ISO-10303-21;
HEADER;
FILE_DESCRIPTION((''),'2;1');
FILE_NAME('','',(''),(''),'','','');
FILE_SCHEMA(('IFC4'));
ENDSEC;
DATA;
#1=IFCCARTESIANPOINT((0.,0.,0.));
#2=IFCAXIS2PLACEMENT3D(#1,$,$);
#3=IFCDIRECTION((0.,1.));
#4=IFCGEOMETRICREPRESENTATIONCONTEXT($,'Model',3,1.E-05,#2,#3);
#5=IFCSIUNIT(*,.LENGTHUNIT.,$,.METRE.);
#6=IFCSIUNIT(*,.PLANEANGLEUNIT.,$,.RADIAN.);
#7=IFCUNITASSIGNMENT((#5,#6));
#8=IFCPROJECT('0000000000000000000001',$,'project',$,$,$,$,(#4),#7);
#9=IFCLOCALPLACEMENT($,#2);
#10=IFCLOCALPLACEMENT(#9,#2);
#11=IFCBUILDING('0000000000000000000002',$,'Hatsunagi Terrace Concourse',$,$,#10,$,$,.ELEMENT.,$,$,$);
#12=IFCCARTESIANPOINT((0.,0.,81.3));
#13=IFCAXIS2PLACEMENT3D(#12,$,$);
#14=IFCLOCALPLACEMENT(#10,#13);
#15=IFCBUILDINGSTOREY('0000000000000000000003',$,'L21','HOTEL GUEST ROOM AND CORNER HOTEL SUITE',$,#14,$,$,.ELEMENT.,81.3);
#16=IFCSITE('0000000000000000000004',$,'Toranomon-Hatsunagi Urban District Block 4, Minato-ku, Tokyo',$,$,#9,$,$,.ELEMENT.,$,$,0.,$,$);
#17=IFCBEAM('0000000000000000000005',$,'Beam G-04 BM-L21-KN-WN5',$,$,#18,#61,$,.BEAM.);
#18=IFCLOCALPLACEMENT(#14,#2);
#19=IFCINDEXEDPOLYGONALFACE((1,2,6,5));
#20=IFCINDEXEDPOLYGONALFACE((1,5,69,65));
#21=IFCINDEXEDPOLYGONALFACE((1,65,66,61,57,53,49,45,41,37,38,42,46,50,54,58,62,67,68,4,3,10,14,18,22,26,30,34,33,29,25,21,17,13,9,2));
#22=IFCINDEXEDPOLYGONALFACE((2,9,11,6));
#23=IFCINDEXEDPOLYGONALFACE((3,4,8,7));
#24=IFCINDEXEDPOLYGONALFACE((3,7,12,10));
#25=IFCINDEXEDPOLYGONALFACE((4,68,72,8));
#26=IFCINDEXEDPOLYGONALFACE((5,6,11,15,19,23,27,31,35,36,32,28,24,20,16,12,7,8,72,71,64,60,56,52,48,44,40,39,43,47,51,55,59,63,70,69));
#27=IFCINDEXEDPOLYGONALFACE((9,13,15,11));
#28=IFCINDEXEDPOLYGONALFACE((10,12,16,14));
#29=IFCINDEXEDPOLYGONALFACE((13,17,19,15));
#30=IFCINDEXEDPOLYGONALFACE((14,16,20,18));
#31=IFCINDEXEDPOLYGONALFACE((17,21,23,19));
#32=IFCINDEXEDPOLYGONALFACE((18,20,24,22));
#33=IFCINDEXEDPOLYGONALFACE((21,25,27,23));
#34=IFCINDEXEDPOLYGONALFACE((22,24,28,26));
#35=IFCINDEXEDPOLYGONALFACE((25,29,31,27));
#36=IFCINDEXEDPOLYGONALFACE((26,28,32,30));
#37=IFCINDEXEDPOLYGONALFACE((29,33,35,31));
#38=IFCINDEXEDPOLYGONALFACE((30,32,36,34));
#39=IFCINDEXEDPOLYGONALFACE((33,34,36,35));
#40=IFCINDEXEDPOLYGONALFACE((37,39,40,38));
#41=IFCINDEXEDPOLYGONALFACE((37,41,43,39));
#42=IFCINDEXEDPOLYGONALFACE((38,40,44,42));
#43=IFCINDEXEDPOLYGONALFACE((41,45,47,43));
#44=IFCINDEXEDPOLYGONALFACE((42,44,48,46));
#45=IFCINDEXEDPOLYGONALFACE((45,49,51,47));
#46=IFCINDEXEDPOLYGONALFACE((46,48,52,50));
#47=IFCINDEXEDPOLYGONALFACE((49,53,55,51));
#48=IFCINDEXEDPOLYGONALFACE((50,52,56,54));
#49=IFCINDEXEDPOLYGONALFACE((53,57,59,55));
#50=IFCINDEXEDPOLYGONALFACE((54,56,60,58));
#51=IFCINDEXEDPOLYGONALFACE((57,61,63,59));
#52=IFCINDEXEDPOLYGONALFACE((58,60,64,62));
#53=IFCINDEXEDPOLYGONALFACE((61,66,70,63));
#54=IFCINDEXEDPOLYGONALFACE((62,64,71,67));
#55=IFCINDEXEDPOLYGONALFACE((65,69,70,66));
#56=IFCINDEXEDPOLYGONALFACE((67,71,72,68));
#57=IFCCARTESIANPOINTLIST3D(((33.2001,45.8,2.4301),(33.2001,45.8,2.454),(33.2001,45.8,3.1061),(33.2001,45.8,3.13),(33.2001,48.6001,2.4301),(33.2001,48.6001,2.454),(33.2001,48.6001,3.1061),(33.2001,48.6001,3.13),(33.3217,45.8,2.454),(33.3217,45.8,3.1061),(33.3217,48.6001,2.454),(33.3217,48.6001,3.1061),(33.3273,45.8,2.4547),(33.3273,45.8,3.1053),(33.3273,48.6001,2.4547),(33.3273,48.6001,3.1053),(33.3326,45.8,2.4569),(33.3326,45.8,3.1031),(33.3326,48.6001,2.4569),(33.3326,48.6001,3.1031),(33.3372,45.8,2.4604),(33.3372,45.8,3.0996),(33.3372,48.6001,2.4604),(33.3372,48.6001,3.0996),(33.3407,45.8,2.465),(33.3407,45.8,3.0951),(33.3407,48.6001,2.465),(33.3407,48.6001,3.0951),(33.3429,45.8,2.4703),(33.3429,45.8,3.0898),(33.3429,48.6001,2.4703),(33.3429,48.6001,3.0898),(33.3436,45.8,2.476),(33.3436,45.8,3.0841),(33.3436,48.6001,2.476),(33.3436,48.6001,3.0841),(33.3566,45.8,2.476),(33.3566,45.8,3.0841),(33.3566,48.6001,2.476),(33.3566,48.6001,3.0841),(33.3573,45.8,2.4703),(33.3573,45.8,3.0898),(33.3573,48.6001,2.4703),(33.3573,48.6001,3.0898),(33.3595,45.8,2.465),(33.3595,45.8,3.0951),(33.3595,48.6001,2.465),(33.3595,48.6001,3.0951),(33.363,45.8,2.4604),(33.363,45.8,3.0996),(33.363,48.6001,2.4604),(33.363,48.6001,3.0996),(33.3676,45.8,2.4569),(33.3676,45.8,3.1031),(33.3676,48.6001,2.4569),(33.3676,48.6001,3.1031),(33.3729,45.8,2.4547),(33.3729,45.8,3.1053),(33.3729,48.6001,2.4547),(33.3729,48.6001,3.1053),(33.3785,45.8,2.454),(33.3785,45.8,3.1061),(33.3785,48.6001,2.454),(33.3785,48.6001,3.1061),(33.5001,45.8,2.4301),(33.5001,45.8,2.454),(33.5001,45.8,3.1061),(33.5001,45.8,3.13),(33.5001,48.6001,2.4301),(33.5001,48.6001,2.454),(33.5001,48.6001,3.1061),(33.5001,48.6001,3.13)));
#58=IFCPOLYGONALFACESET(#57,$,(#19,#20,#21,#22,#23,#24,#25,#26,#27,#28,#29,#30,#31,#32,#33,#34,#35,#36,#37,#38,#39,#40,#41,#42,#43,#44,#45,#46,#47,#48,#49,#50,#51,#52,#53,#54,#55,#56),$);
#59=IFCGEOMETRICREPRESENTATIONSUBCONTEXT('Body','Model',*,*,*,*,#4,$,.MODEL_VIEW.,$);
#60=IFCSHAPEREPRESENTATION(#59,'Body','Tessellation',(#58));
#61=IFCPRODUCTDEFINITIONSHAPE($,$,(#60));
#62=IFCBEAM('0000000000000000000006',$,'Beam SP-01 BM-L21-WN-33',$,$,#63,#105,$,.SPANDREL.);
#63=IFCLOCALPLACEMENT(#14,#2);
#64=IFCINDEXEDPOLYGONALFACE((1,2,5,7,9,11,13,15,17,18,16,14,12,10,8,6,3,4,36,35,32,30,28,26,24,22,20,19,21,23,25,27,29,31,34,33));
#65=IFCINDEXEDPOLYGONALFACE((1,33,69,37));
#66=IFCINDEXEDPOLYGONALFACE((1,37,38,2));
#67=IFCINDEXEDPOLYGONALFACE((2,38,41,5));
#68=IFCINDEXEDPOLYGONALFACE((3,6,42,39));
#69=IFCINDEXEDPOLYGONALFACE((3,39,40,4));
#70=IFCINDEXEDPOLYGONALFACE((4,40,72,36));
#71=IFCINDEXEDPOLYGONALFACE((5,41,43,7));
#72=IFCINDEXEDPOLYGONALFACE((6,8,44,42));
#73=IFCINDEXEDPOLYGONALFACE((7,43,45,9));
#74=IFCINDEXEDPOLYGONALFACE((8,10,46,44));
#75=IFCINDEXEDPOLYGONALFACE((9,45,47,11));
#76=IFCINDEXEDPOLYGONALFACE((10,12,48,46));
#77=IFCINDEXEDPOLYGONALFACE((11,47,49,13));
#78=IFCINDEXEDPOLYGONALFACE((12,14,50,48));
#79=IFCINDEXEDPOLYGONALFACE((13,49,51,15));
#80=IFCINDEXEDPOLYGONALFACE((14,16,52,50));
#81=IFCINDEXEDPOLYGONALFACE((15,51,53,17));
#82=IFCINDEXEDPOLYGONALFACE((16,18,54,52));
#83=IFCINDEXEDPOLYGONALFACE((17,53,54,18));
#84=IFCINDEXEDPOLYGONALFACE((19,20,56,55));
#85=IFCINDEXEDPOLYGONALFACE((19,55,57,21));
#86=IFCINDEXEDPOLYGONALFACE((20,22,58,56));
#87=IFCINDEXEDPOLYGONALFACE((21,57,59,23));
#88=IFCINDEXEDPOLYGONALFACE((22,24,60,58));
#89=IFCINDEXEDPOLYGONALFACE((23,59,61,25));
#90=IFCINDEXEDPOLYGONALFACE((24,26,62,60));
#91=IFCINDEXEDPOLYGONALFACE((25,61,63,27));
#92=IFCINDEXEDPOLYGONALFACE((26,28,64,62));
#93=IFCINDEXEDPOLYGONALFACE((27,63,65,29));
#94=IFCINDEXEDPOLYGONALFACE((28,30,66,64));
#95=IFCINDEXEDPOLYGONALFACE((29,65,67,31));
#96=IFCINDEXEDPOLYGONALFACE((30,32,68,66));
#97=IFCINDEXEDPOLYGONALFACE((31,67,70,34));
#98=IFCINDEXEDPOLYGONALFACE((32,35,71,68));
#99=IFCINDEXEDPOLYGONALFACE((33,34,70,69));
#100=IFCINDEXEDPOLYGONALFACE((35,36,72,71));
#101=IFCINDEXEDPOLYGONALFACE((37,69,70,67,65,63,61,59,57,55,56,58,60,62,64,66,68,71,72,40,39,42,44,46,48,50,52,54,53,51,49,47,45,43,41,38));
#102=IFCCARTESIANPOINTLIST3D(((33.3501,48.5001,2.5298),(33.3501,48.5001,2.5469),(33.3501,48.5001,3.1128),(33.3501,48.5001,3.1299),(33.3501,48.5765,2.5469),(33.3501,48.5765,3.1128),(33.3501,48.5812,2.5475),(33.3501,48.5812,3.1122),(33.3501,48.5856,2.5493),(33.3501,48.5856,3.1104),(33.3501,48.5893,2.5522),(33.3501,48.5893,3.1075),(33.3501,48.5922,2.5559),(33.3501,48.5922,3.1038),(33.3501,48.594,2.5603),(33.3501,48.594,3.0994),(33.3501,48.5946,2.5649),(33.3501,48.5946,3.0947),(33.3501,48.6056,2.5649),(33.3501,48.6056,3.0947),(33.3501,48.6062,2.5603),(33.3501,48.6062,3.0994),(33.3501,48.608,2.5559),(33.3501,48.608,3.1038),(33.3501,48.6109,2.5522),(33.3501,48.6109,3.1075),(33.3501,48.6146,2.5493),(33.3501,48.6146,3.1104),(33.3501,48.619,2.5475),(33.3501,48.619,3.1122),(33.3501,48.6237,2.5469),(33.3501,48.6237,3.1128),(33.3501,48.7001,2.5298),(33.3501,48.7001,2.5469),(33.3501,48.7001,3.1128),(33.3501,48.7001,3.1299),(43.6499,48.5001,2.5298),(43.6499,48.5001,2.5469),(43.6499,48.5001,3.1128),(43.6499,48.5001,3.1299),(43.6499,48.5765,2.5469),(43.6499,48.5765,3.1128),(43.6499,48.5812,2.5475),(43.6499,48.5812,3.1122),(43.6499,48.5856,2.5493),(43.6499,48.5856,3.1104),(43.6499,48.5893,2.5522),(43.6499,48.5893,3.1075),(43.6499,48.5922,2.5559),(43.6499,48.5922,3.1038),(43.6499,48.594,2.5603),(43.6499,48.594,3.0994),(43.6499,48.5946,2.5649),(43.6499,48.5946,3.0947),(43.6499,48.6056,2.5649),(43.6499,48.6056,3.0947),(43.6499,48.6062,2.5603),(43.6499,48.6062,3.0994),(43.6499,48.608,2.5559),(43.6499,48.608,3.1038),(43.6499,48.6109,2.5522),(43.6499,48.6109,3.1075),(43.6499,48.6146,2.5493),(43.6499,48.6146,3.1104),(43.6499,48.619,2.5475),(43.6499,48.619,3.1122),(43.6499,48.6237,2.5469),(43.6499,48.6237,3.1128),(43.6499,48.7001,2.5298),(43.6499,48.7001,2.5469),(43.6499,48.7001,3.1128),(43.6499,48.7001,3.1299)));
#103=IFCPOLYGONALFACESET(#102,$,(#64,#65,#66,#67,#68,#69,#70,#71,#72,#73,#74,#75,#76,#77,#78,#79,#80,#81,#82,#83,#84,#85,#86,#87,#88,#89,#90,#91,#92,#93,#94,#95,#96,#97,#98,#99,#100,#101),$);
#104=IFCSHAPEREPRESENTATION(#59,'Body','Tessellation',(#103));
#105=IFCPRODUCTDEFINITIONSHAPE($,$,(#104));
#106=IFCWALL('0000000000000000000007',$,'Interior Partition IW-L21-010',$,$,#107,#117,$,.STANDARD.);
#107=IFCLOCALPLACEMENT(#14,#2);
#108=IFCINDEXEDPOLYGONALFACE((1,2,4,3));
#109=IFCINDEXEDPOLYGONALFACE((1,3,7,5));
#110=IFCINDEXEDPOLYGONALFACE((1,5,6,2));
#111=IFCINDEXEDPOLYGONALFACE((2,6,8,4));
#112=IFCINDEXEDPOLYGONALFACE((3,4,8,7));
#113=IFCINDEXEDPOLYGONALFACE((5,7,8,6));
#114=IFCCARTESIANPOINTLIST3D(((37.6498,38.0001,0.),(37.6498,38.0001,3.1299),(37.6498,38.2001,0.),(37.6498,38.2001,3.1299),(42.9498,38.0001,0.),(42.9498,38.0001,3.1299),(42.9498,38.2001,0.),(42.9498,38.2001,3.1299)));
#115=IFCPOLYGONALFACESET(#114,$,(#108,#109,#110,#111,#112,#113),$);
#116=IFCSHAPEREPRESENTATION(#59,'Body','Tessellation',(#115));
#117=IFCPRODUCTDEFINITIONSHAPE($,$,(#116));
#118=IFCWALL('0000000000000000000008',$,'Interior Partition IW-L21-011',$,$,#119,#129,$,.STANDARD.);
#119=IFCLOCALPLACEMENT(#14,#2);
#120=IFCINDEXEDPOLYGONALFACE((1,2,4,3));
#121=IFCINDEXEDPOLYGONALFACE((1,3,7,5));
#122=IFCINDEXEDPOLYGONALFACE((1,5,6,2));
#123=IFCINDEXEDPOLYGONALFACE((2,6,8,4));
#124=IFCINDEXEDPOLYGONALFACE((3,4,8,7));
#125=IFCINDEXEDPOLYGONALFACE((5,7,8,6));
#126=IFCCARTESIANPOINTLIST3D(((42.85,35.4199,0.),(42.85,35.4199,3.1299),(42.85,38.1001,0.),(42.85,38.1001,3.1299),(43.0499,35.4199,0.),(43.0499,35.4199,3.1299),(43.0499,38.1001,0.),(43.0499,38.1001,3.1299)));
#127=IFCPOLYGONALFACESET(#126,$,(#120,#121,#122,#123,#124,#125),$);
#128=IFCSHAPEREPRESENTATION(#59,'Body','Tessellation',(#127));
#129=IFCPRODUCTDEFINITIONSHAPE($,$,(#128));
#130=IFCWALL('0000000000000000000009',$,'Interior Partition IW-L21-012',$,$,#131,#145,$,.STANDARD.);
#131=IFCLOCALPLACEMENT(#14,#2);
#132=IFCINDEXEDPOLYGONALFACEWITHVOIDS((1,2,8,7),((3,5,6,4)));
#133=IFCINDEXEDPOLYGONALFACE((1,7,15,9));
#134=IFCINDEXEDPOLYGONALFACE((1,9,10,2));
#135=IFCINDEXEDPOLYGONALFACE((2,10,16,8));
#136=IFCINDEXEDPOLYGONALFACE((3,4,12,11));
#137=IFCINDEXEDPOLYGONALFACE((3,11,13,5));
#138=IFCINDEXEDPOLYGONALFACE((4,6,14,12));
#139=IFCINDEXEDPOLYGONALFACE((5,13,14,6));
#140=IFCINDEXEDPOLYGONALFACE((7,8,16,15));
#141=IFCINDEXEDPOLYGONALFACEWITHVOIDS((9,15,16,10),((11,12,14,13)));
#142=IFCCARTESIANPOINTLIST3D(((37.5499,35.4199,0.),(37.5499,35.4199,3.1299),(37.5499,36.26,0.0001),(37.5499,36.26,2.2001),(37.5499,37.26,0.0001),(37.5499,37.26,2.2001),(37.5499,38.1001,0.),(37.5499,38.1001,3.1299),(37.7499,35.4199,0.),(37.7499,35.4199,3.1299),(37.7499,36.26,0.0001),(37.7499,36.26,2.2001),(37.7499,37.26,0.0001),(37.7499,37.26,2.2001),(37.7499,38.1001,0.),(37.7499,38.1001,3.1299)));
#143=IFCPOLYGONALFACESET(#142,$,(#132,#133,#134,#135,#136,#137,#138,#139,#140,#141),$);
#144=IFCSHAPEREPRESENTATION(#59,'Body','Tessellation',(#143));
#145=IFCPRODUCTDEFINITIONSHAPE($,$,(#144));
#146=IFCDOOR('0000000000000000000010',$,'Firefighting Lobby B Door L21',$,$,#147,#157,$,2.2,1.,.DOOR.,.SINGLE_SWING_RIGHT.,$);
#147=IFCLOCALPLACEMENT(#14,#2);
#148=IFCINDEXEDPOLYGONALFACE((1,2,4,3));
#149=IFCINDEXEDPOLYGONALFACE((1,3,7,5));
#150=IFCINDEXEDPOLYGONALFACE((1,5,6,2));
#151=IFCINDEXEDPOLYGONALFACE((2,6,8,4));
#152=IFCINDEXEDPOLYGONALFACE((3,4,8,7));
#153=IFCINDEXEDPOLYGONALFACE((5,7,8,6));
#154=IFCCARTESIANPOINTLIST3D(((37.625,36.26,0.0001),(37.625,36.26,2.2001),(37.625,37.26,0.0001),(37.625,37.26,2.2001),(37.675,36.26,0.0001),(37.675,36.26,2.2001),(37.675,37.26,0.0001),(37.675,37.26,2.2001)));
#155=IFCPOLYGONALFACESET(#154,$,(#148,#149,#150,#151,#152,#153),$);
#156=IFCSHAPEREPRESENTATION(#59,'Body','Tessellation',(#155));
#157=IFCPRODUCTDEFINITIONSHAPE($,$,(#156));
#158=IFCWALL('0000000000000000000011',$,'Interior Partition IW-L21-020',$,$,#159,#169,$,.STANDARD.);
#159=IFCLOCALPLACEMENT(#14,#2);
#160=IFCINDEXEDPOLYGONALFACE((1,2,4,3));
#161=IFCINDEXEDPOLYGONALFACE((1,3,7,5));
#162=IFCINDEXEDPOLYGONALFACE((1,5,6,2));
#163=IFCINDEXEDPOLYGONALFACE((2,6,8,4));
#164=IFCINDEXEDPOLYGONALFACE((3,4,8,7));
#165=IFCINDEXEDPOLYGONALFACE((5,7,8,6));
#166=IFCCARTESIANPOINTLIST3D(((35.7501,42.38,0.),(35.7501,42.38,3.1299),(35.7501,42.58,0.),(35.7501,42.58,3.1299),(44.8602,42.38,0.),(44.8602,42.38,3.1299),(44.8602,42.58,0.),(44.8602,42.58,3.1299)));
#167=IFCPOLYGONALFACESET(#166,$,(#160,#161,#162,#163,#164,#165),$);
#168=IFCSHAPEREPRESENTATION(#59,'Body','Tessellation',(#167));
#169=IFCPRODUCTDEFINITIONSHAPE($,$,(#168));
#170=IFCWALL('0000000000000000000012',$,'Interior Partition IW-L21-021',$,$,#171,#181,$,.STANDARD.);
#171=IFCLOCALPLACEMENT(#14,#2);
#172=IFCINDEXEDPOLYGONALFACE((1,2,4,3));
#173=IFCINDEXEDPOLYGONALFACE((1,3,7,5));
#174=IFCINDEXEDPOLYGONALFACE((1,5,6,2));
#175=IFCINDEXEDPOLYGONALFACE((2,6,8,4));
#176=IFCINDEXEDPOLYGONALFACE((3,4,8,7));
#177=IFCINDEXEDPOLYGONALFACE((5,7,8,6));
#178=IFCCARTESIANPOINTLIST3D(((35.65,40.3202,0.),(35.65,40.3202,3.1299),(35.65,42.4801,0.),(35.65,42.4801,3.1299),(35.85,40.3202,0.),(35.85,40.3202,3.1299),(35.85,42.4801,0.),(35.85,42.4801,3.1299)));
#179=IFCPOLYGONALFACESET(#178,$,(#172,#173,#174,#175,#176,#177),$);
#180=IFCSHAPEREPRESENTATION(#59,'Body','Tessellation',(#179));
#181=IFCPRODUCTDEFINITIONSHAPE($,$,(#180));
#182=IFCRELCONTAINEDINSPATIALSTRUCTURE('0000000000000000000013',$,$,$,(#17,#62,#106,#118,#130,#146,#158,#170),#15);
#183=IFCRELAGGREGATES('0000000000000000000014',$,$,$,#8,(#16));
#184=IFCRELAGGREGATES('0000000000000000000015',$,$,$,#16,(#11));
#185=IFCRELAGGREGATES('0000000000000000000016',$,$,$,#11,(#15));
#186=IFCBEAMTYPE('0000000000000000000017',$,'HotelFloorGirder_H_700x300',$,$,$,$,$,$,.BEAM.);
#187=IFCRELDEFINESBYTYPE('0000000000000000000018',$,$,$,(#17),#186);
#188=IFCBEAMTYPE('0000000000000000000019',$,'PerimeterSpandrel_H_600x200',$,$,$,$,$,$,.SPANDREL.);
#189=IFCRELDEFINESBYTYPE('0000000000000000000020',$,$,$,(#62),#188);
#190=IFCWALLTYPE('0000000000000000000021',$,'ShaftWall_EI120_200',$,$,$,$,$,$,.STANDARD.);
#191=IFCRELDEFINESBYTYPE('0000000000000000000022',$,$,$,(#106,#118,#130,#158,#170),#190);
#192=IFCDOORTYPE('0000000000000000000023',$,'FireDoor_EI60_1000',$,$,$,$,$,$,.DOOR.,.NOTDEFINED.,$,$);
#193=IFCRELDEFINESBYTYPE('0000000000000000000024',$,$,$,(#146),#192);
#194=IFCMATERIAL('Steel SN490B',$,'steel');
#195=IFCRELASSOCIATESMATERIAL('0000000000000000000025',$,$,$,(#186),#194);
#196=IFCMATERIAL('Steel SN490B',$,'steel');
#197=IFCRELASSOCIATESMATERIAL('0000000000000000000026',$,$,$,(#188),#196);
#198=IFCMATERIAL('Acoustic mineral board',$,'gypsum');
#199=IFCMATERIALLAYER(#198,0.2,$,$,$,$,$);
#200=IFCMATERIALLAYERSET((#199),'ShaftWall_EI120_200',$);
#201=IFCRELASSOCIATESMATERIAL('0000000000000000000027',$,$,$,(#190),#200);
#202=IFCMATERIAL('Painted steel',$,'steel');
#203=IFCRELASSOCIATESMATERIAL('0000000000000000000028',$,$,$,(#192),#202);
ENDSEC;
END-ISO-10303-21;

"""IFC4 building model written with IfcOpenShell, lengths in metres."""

from ifc_helpers import new_model, si_unit, direction, frame, frame_2d, origin, origin_2d, place, context, subcontext, project, spatial, rectangle, i_section, extrude, material, layer, layer_set, material_profile, profile_set, type_object, element, fill, save


model = new_model("IFC4")

# Units and contexts
model_context = context("Model", 3, precision=1e-05, world=origin(), true_north=direction((0.0, 1.0)))
body_context = subcontext(model_context, "Body", "Model", "MODEL_VIEW")
ifc_project = project(units=[si_unit("LENGTHUNIT", "METRE"), si_unit("PLANEANGLEUNIT", "RADIAN")], contexts=[model_context])

# Site, building, storey
site_placement = place(None, origin())
site = spatial("IfcSite", under=ifc_project, at=site_placement, Name="Toranomon-Hatsunagi Urban District Block 4, Minato-ku, Tokyo", CompositionType="ELEMENT", RefElevation=0.0)
building_placement = place(site_placement, origin())
building = spatial("IfcBuilding", under=site, at=building_placement, Name="Hatsunagi Terrace Concourse", CompositionType="ELEMENT")
storey_placement = place(building_placement, frame((0.0, 0.0, 81.3)))
storey = spatial("IfcBuildingStorey", under=building, at=storey_placement, Name="L21", Description="HOTEL GUEST ROOM AND CORNER HOTEL SUITE", CompositionType="ELEMENT", Elevation=81.3)

# Beams
ifc_material_1 = material(Name="Steel SN490B", Category="steel")
ifc_material_profile_1 = material_profile(ifc_material_1, i_section(OverallWidth=0.3, OverallDepth=0.7, WebThickness=0.0129, FlangeThickness=0.0239, FilletRadius=0.022, at=origin_2d()), Name="H-700x300x13x24")
ifc_profile_set_1 = profile_set([ifc_material_profile_1], Name="Steel SN490B")
beam_type_1 = type_object("IfcBeamType", Name="HotelFloorGirder_H_700x300", PredefinedType="BEAM", material=ifc_profile_set_1)
beam_1_placement = place(storey_placement, frame((33.3501, 45.8, 2.78), z_axis=(0.0, 1.0, 0.0), x_axis=(-1.0, 0.0, 0.0)))
element("IfcBeam", 1, at=beam_1_placement, inside=storey, type_object=beam_type_1, Name="Beam G-04 BM-L21-KN-WN5", PredefinedType="BEAM", context=body_context, shape_type="SweptSolid", body=[
    extrude(i_section(OverallWidth=0.3, OverallDepth=0.7, WebThickness=0.0129, FlangeThickness=0.0239, FilletRadius=0.022, at=origin_2d()), origin(), (0.0, 0.0, 1.0), 2.8),
])
ifc_material_2 = material(Name="Steel SN490B", Category="steel")
ifc_material_profile_2 = material_profile(ifc_material_2, i_section(OverallWidth=0.2, OverallDepth=0.6001, WebThickness=0.011, FlangeThickness=0.0171, FilletRadius=0.0181, at=origin_2d()), Name="H-600x200x11x17")
ifc_profile_set_2 = profile_set([ifc_material_profile_2], Name="Steel SN490B")
beam_type_2 = type_object("IfcBeamType", Name="PerimeterSpandrel_H_600x200", PredefinedType="SPANDREL", material=ifc_profile_set_2)
beam_2_placement = place(storey_placement, frame((33.3501, 48.6001, 2.8298), z_axis=(1.0, 0.0, 0.0), x_axis=(0.0, 1.0, 0.0)))
element("IfcBeam", 2, at=beam_2_placement, inside=storey, type_object=beam_type_2, Name="Beam SP-01 BM-L21-WN-33", PredefinedType="SPANDREL", context=body_context, shape_type="SweptSolid", body=[
    extrude(i_section(OverallWidth=0.2, OverallDepth=0.6001, WebThickness=0.011, FlangeThickness=0.0171, FilletRadius=0.0181, at=origin_2d()), origin(), (0.0, 0.0, 1.0), 10.2998),
])

# Walls
ifc_material_3 = material(Name="Acoustic mineral board", Category="gypsum")
ifc_layer_1 = layer(ifc_material_3, 0.2)
ifc_layer_set_1 = layer_set([ifc_layer_1], Name="ShaftWall_EI120_200")
wall_type_1 = type_object("IfcWallType", Name="ShaftWall_EI120_200", PredefinedType="STANDARD", material=ifc_layer_set_1)
wall_1_placement = place(storey_placement, frame((37.6499, 38.1001, 0.0), z_axis=(0.0, 0.0, 1.0), x_axis=(1.0, 0.0, 0.0)))
element("IfcWall", 3, at=wall_1_placement, inside=storey, type_object=wall_type_1, Name="Interior Partition IW-L21-010", PredefinedType="STANDARD", context=body_context, shape_type="SweptSolid", body=[
    extrude(rectangle(XDim=5.3, YDim=0.2, at=frame_2d((2.6499, 0.0))), origin(), (0.0, 0.0, 1.0), 3.1299),
])
wall_2_placement = place(storey_placement, frame((42.95, 35.4199, 0.0), z_axis=(0.0, 0.0, 1.0), x_axis=(0.0, 1.0, 0.0)))
element("IfcWall", 4, at=wall_2_placement, inside=storey, type_object=wall_type_1, Name="Interior Partition IW-L21-011", PredefinedType="STANDARD", context=body_context, shape_type="SweptSolid", body=[
    extrude(rectangle(XDim=2.6802, YDim=0.2, at=frame_2d((1.3401, 0.0))), origin(), (0.0, 0.0, 1.0), 3.1299),
])

# Wall, opening, door
wall_3_placement = place(storey_placement, frame((37.6499, 35.4199, 0.0), z_axis=(0.0, 0.0, 1.0), x_axis=(0.0, 1.0, 0.0)))
wall_3 = element("IfcWall", 5, at=wall_3_placement, inside=storey, type_object=wall_type_1, Name="Interior Partition IW-L21-012", PredefinedType="STANDARD", context=body_context, shape_type="SweptSolid", body=[
    extrude(rectangle(XDim=2.6802, YDim=0.2, at=frame_2d((1.3401, 0.0))), origin(), (0.0, 0.0, 1.0), 3.1299),
])
opening_1_placement = place(wall_3_placement, frame((0.8401, 0.0, 0.0)))
opening_1 = element("IfcOpeningElement", 6, at=opening_1_placement, cuts=wall_3, PredefinedType="OPENING", context=body_context, shape_type="SweptSolid", body=[
    extrude(rectangle(XDim=1.0, YDim=2.2, at=frame_2d((0.5, 1.1001))), frame((0.0, 0.1099, 0.0), z_axis=(0.0, -1.0, 0.0), x_axis=(1.0, 0.0, 0.0)), (0.0, 0.0, 1.0), 0.22),
])
ifc_material_4 = material(Name="Painted steel", Category="steel")
door_type_1 = type_object("IfcDoorType", Name="FireDoor_EI60_1000", OperationType="NOTDEFINED", PredefinedType="DOOR", material=ifc_material_4)
door_1_placement = place(opening_1_placement, origin())
door_1 = element("IfcDoor", 7, at=door_1_placement, inside=storey, type_object=door_type_1, Name="Firefighting Lobby B Door L21", OperationType="SINGLE_SWING_RIGHT", OverallHeight=2.2, OverallWidth=1.0, PredefinedType="DOOR", context=body_context, shape_type="SweptSolid", body=[
    extrude(rectangle(XDim=1.0, YDim=2.2, at=frame_2d((0.5, 1.1001))), frame((0.0, 0.0249, 0.0), z_axis=(0.0, -1.0, 0.0), x_axis=(1.0, 0.0, 0.0)), (0.0, 0.0, 1.0), 0.05),
])
fill(opening_1, door_1)

# Walls
wall_4_placement = place(storey_placement, frame((35.75, 42.48, 0.0), z_axis=(0.0, 0.0, 1.0), x_axis=(1.0, 0.0, 0.0)))
element("IfcWall", 8, at=wall_4_placement, inside=storey, type_object=wall_type_1, Name="Interior Partition IW-L21-020", PredefinedType="STANDARD", context=body_context, shape_type="SweptSolid", body=[
    extrude(rectangle(XDim=9.1101, YDim=0.2, at=frame_2d((4.5552, 0.0))), origin(), (0.0, 0.0, 1.0), 3.1299),
])
for number, where, z_axis, x_axis, name in (
    (9, (35.75, 40.3201, 0.0), (0.0, 0.0, 1.0), (0.0, 1.0, 0.0), "Interior Partition IW-L21-021"),
):
    element("IfcWall", number, at=place(storey_placement, frame(where, z_axis=z_axis, x_axis=x_axis)), inside=storey, type_object=wall_type_1, Name=name, PredefinedType="STANDARD", context=body_context, shape_type="SweptSolid", body=[
        extrude(rectangle(XDim=2.1599, YDim=0.2, at=frame_2d((1.0801, 0.0))), origin(), (0.0, 0.0, 1.0), 3.1299),
    ])

save(model, "model.ifc")
